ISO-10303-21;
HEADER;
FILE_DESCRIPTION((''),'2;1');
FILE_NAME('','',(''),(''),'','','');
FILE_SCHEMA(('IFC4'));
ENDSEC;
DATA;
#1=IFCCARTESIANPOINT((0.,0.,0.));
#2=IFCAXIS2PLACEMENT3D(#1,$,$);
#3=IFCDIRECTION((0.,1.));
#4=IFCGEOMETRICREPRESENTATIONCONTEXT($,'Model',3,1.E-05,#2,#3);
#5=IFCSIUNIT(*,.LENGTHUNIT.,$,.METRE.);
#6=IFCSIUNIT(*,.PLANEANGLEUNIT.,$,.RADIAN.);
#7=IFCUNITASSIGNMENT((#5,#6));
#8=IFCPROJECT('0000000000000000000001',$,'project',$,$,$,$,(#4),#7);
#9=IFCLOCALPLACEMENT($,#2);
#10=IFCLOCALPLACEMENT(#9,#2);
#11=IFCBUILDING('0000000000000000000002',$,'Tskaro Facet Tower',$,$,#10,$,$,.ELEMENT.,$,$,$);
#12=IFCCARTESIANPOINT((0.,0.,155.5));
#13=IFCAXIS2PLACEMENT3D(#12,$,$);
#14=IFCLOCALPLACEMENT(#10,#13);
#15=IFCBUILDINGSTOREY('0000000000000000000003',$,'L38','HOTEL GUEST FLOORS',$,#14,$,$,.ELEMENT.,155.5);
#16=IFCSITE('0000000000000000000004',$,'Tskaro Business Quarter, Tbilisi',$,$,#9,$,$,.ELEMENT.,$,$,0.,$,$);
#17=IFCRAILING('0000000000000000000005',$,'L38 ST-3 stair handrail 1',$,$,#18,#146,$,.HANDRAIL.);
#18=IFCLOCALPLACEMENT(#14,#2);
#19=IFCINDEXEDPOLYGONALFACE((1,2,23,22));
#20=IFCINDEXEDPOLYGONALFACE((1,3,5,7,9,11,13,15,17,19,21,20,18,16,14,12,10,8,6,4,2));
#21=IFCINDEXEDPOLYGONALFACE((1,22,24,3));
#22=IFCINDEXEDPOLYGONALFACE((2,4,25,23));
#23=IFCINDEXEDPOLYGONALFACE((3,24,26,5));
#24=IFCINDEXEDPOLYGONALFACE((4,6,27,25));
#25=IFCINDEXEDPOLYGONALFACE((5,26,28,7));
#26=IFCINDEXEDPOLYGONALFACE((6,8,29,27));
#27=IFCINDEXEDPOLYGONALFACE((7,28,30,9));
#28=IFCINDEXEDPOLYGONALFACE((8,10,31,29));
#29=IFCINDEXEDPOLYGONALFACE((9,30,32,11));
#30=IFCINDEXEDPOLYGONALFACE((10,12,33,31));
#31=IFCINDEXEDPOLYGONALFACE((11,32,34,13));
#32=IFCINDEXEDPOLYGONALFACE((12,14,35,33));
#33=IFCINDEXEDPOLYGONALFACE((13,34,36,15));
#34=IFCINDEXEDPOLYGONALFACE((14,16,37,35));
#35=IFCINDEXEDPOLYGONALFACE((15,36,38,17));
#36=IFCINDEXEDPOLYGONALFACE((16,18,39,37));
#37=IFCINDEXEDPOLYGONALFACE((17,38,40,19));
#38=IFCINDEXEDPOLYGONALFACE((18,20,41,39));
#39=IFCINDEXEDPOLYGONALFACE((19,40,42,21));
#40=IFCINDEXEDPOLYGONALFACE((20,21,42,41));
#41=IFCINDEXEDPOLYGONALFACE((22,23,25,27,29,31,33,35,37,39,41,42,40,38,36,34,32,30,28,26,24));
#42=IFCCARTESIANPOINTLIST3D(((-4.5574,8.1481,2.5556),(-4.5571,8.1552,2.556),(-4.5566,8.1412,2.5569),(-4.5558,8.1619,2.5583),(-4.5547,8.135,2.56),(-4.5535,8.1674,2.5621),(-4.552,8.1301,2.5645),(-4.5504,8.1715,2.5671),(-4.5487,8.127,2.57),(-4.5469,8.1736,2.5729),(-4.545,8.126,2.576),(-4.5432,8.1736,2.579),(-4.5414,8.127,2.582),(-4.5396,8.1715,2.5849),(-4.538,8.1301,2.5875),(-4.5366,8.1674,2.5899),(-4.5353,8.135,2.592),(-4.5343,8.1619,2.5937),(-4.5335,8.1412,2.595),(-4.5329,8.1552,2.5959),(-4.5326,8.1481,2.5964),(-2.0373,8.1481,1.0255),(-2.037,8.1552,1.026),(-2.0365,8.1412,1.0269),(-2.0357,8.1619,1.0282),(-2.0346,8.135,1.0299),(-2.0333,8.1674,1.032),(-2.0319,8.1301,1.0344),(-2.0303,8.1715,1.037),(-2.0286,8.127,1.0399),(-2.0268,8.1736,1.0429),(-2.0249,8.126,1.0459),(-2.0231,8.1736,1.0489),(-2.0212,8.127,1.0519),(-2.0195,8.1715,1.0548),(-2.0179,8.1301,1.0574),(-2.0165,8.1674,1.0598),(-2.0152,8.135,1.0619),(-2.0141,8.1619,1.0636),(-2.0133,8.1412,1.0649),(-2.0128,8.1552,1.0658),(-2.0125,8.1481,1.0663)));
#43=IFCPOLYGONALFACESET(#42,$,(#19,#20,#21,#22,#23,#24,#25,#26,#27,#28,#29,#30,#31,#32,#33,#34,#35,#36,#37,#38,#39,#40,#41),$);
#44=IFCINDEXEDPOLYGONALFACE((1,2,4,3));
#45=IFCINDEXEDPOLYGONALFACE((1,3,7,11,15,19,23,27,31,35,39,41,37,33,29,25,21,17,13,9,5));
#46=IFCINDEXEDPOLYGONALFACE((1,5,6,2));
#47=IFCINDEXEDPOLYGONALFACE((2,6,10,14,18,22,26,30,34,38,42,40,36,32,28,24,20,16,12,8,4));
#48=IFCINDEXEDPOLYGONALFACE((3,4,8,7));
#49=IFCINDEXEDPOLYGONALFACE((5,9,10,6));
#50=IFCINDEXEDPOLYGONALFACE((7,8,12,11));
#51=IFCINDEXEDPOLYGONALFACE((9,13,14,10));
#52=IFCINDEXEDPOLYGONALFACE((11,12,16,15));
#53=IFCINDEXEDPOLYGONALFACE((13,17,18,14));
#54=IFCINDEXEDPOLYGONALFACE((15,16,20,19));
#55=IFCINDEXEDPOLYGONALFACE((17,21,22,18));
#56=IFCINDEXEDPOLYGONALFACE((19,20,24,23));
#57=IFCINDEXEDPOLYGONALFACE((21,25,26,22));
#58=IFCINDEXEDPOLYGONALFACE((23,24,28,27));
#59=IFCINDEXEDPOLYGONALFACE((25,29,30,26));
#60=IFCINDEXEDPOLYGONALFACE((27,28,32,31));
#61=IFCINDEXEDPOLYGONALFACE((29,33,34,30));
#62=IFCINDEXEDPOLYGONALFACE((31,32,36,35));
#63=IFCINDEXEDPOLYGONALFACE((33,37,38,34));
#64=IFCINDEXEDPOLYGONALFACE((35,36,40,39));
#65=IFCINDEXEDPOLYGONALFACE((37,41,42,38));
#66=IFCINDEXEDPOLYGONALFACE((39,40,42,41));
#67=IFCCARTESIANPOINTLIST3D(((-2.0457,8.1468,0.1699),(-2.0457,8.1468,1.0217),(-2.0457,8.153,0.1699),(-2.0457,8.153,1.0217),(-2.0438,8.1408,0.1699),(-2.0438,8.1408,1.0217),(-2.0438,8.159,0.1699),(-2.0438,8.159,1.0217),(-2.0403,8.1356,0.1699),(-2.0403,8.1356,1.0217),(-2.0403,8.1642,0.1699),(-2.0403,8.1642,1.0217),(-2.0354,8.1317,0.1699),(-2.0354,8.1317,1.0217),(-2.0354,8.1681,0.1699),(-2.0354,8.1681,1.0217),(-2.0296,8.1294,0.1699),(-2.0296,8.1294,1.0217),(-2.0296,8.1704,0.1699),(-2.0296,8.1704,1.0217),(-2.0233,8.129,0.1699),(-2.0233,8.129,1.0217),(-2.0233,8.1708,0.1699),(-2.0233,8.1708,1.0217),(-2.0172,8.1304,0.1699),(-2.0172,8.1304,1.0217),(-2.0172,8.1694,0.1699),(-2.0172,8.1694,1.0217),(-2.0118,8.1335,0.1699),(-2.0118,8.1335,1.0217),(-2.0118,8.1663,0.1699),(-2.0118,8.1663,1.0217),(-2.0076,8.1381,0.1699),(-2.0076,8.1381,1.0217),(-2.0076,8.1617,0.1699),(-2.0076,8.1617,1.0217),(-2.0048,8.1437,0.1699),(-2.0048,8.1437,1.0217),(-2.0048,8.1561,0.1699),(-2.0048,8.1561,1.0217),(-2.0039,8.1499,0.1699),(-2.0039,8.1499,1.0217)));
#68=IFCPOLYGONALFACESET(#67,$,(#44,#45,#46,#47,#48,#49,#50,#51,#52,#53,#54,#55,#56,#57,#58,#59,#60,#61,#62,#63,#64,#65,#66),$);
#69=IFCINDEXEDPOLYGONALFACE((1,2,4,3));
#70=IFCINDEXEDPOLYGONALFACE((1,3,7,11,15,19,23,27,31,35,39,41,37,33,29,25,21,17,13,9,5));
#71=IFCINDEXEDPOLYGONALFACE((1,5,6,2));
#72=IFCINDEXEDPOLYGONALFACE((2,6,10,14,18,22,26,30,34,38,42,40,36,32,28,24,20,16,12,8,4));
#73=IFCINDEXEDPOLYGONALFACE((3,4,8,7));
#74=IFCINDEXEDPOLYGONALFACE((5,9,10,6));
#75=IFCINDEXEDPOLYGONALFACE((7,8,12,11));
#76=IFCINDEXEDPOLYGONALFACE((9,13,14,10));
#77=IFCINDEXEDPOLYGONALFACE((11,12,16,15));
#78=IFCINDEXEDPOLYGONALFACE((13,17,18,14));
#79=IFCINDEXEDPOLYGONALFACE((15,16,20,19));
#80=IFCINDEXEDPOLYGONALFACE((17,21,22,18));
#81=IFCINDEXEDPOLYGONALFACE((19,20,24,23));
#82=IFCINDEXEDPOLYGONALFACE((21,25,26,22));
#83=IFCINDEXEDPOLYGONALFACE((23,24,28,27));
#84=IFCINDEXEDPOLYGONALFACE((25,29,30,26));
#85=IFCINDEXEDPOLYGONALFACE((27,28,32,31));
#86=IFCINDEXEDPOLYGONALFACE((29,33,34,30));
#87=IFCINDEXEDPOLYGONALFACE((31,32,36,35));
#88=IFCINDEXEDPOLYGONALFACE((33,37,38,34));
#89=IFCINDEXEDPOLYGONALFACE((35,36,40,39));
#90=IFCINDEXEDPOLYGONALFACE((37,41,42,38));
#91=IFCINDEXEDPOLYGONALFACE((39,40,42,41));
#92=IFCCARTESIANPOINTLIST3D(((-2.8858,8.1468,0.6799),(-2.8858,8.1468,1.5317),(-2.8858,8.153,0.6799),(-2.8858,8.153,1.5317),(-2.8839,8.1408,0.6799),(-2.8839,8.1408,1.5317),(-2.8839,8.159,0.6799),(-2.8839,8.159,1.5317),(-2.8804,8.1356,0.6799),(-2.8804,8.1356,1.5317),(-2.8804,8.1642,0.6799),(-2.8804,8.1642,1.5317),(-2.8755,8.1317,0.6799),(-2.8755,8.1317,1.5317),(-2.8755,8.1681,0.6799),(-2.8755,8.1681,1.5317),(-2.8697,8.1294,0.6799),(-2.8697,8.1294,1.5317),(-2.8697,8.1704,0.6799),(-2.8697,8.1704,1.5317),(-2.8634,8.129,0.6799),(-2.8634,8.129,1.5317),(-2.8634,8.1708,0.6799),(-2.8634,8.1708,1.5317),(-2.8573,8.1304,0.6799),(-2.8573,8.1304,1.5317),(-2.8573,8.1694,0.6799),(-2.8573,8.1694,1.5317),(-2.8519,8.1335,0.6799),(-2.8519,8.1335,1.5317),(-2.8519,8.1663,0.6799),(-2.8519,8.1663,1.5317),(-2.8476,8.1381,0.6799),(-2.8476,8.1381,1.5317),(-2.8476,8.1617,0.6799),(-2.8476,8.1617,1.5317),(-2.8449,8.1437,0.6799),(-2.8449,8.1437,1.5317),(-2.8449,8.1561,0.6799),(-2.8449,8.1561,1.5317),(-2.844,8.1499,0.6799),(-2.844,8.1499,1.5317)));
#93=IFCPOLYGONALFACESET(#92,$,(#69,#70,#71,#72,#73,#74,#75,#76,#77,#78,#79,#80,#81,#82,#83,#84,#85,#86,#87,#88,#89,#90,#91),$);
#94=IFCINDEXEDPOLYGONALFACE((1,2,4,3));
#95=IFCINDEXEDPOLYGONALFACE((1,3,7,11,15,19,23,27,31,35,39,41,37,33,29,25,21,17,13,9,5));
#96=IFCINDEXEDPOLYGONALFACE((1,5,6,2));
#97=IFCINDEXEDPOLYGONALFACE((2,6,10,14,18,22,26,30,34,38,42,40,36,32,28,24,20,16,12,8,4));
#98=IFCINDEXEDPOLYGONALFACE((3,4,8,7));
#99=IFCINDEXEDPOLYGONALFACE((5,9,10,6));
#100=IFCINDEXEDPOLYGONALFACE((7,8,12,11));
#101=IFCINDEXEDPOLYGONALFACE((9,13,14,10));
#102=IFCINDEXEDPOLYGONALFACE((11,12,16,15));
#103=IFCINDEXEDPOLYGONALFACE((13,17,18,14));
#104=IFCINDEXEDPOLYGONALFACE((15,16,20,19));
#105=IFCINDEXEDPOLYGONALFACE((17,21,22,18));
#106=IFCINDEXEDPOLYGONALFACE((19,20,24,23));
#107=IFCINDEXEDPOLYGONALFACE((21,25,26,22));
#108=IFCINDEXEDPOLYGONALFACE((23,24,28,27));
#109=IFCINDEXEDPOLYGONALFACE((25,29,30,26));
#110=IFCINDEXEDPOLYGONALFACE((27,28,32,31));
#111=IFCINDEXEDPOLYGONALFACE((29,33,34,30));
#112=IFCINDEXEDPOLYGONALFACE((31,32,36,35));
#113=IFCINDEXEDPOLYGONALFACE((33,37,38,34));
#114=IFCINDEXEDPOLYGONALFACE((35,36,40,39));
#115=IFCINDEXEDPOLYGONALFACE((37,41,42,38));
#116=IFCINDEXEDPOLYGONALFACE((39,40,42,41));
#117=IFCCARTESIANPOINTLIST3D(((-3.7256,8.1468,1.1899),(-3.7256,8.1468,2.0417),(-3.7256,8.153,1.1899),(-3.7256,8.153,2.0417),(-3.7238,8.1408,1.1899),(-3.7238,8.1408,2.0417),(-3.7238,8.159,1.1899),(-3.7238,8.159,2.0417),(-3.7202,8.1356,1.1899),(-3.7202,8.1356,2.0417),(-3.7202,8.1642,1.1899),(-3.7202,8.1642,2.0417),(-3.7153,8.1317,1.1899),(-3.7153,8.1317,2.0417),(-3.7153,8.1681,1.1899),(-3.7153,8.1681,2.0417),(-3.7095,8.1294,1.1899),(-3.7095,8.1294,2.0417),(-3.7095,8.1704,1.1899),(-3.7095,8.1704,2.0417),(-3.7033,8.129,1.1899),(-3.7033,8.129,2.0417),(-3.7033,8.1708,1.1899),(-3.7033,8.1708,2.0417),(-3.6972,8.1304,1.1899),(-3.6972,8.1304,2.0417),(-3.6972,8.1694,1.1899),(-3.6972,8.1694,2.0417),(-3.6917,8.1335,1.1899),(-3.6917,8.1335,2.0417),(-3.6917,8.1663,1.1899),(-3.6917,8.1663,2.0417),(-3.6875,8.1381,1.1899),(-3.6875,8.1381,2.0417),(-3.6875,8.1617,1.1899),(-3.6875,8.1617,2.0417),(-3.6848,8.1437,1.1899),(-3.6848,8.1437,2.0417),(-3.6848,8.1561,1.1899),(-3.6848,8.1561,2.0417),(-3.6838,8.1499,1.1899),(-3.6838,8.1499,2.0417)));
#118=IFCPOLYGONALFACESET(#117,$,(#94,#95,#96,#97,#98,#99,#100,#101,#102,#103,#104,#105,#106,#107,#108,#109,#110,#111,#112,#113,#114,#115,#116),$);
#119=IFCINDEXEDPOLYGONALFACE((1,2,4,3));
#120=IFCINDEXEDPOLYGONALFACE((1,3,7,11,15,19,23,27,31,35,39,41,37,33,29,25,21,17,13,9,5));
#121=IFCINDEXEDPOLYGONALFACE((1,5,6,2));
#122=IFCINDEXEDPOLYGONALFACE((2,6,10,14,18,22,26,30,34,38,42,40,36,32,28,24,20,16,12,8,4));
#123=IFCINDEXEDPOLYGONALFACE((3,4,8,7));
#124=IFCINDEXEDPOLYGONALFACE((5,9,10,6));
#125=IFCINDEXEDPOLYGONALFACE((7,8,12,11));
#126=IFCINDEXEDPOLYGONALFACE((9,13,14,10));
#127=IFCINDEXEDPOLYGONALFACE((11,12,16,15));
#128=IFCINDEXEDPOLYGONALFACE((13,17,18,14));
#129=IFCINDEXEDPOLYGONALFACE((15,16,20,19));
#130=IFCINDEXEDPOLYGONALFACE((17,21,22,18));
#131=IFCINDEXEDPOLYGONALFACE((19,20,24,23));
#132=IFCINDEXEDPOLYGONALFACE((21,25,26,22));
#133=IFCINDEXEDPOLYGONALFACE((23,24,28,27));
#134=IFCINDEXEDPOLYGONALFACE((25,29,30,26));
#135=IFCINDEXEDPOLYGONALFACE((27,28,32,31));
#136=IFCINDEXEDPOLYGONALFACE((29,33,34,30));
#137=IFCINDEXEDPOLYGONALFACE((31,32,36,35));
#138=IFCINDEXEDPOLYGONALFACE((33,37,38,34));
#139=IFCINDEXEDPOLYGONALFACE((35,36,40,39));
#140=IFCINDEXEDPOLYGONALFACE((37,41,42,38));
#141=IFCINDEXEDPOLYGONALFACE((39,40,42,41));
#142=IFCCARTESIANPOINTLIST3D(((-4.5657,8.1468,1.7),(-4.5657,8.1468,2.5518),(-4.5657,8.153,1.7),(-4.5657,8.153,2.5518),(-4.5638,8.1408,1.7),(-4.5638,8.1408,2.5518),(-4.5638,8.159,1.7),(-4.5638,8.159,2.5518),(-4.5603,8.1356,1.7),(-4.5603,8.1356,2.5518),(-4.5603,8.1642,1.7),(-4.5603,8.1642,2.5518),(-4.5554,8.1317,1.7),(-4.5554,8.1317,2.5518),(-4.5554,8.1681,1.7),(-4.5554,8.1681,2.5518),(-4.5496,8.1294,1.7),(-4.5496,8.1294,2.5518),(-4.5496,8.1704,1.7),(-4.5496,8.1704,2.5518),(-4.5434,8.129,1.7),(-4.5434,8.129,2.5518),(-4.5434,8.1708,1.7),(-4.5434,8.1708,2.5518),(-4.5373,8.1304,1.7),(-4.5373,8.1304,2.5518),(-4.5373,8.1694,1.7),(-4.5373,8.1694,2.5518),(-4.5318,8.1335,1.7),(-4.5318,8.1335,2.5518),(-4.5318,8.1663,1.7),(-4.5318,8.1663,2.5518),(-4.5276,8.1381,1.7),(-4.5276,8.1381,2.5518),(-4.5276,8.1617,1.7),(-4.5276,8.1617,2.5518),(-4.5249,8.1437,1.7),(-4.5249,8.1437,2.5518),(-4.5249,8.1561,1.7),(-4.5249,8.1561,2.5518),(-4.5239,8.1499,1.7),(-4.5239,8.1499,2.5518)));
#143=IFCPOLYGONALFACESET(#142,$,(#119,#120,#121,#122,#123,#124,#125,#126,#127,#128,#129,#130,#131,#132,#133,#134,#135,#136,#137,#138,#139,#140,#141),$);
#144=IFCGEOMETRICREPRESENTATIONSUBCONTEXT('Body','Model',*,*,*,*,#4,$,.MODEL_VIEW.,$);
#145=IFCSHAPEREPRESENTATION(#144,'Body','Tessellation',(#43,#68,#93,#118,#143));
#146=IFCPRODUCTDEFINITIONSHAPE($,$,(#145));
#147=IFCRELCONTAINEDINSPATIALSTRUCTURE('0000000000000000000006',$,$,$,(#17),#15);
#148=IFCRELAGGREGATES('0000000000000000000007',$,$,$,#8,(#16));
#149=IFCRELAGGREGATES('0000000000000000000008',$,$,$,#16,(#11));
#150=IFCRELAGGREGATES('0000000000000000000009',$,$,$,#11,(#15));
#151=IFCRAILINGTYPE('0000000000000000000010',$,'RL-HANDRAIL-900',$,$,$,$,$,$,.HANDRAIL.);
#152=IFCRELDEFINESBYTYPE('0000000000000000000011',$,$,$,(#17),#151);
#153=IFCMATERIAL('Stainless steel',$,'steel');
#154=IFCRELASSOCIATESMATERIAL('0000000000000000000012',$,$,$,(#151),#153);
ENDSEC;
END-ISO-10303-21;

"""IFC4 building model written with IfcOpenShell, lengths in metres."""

from ifc_helpers import new_model, si_unit, direction, frame, origin, origin_2d, place, context, subcontext, project, spatial, circle, extrude, material, type_object, element, save


model = new_model("IFC4")

# Units and contexts
model_context = context("Model", 3, precision=1e-05, world=origin(), true_north=direction((0.0, 1.0)))
body_context = subcontext(model_context, "Body", "Model", "MODEL_VIEW")
ifc_project = project(units=[si_unit("LENGTHUNIT", "METRE"), si_unit("PLANEANGLEUNIT", "RADIAN")], contexts=[model_context])

# Site, building, storey
site_placement = place(None, origin())
site = spatial("IfcSite", under=ifc_project, at=site_placement, Name="Tskaro Business Quarter, Tbilisi", CompositionType="ELEMENT", RefElevation=0.0)
building_placement = place(site_placement, origin())
building = spatial("IfcBuilding", under=site, at=building_placement, Name="Tskaro Facet Tower", CompositionType="ELEMENT")
storey_placement = place(building_placement, frame((0.0, 0.0, 155.5)))
storey = spatial("IfcBuildingStorey", under=building, at=storey_placement, Name="L38", Description="HOTEL GUEST FLOORS", CompositionType="ELEMENT", Elevation=155.5)

# Railing
ifc_material_1 = material(Name="Stainless steel", Category="steel")
railing_type_1 = type_object("IfcRailingType", Name="RL-HANDRAIL-900", PredefinedType="HANDRAIL", material=ifc_material_1)
railing_1_placement = place(storey_placement, frame((-2.0249, 8.1499, 0.1699)))
element("IfcRailing", 1, at=railing_1_placement, inside=storey, type_object=railing_type_1, Name="L38 ST-3 stair handrail 1", PredefinedType="HANDRAIL", context=body_context, shape_type="SweptSolid", body=[
    extrude(circle(Radius=0.0239, at=origin_2d()), frame((0.0, 0.0, 0.876), z_axis=(-0.854785, 0.0, 0.518982), x_axis=(0.0, -1.0, 0.0)), (0.0, 0.0, 1.0), 2.9482),
    extrude(circle(Radius=0.021, at=origin_2d()), origin(), (0.0, 0.0, 1.0), 0.8518),
    extrude(circle(Radius=0.021, at=origin_2d()), frame((-0.8401, 0.0, 0.51)), (0.0, 0.0, 1.0), 0.8518),
    extrude(circle(Radius=0.021, at=origin_2d()), frame((-1.6799, 0.0, 1.02)), (0.0, 0.0, 1.0), 0.8518),
    extrude(circle(Radius=0.021, at=origin_2d()), frame((-2.52, 0.0, 1.53)), (0.0, 0.0, 1.0), 0.8518),
])

save(model, "model.ifc")
